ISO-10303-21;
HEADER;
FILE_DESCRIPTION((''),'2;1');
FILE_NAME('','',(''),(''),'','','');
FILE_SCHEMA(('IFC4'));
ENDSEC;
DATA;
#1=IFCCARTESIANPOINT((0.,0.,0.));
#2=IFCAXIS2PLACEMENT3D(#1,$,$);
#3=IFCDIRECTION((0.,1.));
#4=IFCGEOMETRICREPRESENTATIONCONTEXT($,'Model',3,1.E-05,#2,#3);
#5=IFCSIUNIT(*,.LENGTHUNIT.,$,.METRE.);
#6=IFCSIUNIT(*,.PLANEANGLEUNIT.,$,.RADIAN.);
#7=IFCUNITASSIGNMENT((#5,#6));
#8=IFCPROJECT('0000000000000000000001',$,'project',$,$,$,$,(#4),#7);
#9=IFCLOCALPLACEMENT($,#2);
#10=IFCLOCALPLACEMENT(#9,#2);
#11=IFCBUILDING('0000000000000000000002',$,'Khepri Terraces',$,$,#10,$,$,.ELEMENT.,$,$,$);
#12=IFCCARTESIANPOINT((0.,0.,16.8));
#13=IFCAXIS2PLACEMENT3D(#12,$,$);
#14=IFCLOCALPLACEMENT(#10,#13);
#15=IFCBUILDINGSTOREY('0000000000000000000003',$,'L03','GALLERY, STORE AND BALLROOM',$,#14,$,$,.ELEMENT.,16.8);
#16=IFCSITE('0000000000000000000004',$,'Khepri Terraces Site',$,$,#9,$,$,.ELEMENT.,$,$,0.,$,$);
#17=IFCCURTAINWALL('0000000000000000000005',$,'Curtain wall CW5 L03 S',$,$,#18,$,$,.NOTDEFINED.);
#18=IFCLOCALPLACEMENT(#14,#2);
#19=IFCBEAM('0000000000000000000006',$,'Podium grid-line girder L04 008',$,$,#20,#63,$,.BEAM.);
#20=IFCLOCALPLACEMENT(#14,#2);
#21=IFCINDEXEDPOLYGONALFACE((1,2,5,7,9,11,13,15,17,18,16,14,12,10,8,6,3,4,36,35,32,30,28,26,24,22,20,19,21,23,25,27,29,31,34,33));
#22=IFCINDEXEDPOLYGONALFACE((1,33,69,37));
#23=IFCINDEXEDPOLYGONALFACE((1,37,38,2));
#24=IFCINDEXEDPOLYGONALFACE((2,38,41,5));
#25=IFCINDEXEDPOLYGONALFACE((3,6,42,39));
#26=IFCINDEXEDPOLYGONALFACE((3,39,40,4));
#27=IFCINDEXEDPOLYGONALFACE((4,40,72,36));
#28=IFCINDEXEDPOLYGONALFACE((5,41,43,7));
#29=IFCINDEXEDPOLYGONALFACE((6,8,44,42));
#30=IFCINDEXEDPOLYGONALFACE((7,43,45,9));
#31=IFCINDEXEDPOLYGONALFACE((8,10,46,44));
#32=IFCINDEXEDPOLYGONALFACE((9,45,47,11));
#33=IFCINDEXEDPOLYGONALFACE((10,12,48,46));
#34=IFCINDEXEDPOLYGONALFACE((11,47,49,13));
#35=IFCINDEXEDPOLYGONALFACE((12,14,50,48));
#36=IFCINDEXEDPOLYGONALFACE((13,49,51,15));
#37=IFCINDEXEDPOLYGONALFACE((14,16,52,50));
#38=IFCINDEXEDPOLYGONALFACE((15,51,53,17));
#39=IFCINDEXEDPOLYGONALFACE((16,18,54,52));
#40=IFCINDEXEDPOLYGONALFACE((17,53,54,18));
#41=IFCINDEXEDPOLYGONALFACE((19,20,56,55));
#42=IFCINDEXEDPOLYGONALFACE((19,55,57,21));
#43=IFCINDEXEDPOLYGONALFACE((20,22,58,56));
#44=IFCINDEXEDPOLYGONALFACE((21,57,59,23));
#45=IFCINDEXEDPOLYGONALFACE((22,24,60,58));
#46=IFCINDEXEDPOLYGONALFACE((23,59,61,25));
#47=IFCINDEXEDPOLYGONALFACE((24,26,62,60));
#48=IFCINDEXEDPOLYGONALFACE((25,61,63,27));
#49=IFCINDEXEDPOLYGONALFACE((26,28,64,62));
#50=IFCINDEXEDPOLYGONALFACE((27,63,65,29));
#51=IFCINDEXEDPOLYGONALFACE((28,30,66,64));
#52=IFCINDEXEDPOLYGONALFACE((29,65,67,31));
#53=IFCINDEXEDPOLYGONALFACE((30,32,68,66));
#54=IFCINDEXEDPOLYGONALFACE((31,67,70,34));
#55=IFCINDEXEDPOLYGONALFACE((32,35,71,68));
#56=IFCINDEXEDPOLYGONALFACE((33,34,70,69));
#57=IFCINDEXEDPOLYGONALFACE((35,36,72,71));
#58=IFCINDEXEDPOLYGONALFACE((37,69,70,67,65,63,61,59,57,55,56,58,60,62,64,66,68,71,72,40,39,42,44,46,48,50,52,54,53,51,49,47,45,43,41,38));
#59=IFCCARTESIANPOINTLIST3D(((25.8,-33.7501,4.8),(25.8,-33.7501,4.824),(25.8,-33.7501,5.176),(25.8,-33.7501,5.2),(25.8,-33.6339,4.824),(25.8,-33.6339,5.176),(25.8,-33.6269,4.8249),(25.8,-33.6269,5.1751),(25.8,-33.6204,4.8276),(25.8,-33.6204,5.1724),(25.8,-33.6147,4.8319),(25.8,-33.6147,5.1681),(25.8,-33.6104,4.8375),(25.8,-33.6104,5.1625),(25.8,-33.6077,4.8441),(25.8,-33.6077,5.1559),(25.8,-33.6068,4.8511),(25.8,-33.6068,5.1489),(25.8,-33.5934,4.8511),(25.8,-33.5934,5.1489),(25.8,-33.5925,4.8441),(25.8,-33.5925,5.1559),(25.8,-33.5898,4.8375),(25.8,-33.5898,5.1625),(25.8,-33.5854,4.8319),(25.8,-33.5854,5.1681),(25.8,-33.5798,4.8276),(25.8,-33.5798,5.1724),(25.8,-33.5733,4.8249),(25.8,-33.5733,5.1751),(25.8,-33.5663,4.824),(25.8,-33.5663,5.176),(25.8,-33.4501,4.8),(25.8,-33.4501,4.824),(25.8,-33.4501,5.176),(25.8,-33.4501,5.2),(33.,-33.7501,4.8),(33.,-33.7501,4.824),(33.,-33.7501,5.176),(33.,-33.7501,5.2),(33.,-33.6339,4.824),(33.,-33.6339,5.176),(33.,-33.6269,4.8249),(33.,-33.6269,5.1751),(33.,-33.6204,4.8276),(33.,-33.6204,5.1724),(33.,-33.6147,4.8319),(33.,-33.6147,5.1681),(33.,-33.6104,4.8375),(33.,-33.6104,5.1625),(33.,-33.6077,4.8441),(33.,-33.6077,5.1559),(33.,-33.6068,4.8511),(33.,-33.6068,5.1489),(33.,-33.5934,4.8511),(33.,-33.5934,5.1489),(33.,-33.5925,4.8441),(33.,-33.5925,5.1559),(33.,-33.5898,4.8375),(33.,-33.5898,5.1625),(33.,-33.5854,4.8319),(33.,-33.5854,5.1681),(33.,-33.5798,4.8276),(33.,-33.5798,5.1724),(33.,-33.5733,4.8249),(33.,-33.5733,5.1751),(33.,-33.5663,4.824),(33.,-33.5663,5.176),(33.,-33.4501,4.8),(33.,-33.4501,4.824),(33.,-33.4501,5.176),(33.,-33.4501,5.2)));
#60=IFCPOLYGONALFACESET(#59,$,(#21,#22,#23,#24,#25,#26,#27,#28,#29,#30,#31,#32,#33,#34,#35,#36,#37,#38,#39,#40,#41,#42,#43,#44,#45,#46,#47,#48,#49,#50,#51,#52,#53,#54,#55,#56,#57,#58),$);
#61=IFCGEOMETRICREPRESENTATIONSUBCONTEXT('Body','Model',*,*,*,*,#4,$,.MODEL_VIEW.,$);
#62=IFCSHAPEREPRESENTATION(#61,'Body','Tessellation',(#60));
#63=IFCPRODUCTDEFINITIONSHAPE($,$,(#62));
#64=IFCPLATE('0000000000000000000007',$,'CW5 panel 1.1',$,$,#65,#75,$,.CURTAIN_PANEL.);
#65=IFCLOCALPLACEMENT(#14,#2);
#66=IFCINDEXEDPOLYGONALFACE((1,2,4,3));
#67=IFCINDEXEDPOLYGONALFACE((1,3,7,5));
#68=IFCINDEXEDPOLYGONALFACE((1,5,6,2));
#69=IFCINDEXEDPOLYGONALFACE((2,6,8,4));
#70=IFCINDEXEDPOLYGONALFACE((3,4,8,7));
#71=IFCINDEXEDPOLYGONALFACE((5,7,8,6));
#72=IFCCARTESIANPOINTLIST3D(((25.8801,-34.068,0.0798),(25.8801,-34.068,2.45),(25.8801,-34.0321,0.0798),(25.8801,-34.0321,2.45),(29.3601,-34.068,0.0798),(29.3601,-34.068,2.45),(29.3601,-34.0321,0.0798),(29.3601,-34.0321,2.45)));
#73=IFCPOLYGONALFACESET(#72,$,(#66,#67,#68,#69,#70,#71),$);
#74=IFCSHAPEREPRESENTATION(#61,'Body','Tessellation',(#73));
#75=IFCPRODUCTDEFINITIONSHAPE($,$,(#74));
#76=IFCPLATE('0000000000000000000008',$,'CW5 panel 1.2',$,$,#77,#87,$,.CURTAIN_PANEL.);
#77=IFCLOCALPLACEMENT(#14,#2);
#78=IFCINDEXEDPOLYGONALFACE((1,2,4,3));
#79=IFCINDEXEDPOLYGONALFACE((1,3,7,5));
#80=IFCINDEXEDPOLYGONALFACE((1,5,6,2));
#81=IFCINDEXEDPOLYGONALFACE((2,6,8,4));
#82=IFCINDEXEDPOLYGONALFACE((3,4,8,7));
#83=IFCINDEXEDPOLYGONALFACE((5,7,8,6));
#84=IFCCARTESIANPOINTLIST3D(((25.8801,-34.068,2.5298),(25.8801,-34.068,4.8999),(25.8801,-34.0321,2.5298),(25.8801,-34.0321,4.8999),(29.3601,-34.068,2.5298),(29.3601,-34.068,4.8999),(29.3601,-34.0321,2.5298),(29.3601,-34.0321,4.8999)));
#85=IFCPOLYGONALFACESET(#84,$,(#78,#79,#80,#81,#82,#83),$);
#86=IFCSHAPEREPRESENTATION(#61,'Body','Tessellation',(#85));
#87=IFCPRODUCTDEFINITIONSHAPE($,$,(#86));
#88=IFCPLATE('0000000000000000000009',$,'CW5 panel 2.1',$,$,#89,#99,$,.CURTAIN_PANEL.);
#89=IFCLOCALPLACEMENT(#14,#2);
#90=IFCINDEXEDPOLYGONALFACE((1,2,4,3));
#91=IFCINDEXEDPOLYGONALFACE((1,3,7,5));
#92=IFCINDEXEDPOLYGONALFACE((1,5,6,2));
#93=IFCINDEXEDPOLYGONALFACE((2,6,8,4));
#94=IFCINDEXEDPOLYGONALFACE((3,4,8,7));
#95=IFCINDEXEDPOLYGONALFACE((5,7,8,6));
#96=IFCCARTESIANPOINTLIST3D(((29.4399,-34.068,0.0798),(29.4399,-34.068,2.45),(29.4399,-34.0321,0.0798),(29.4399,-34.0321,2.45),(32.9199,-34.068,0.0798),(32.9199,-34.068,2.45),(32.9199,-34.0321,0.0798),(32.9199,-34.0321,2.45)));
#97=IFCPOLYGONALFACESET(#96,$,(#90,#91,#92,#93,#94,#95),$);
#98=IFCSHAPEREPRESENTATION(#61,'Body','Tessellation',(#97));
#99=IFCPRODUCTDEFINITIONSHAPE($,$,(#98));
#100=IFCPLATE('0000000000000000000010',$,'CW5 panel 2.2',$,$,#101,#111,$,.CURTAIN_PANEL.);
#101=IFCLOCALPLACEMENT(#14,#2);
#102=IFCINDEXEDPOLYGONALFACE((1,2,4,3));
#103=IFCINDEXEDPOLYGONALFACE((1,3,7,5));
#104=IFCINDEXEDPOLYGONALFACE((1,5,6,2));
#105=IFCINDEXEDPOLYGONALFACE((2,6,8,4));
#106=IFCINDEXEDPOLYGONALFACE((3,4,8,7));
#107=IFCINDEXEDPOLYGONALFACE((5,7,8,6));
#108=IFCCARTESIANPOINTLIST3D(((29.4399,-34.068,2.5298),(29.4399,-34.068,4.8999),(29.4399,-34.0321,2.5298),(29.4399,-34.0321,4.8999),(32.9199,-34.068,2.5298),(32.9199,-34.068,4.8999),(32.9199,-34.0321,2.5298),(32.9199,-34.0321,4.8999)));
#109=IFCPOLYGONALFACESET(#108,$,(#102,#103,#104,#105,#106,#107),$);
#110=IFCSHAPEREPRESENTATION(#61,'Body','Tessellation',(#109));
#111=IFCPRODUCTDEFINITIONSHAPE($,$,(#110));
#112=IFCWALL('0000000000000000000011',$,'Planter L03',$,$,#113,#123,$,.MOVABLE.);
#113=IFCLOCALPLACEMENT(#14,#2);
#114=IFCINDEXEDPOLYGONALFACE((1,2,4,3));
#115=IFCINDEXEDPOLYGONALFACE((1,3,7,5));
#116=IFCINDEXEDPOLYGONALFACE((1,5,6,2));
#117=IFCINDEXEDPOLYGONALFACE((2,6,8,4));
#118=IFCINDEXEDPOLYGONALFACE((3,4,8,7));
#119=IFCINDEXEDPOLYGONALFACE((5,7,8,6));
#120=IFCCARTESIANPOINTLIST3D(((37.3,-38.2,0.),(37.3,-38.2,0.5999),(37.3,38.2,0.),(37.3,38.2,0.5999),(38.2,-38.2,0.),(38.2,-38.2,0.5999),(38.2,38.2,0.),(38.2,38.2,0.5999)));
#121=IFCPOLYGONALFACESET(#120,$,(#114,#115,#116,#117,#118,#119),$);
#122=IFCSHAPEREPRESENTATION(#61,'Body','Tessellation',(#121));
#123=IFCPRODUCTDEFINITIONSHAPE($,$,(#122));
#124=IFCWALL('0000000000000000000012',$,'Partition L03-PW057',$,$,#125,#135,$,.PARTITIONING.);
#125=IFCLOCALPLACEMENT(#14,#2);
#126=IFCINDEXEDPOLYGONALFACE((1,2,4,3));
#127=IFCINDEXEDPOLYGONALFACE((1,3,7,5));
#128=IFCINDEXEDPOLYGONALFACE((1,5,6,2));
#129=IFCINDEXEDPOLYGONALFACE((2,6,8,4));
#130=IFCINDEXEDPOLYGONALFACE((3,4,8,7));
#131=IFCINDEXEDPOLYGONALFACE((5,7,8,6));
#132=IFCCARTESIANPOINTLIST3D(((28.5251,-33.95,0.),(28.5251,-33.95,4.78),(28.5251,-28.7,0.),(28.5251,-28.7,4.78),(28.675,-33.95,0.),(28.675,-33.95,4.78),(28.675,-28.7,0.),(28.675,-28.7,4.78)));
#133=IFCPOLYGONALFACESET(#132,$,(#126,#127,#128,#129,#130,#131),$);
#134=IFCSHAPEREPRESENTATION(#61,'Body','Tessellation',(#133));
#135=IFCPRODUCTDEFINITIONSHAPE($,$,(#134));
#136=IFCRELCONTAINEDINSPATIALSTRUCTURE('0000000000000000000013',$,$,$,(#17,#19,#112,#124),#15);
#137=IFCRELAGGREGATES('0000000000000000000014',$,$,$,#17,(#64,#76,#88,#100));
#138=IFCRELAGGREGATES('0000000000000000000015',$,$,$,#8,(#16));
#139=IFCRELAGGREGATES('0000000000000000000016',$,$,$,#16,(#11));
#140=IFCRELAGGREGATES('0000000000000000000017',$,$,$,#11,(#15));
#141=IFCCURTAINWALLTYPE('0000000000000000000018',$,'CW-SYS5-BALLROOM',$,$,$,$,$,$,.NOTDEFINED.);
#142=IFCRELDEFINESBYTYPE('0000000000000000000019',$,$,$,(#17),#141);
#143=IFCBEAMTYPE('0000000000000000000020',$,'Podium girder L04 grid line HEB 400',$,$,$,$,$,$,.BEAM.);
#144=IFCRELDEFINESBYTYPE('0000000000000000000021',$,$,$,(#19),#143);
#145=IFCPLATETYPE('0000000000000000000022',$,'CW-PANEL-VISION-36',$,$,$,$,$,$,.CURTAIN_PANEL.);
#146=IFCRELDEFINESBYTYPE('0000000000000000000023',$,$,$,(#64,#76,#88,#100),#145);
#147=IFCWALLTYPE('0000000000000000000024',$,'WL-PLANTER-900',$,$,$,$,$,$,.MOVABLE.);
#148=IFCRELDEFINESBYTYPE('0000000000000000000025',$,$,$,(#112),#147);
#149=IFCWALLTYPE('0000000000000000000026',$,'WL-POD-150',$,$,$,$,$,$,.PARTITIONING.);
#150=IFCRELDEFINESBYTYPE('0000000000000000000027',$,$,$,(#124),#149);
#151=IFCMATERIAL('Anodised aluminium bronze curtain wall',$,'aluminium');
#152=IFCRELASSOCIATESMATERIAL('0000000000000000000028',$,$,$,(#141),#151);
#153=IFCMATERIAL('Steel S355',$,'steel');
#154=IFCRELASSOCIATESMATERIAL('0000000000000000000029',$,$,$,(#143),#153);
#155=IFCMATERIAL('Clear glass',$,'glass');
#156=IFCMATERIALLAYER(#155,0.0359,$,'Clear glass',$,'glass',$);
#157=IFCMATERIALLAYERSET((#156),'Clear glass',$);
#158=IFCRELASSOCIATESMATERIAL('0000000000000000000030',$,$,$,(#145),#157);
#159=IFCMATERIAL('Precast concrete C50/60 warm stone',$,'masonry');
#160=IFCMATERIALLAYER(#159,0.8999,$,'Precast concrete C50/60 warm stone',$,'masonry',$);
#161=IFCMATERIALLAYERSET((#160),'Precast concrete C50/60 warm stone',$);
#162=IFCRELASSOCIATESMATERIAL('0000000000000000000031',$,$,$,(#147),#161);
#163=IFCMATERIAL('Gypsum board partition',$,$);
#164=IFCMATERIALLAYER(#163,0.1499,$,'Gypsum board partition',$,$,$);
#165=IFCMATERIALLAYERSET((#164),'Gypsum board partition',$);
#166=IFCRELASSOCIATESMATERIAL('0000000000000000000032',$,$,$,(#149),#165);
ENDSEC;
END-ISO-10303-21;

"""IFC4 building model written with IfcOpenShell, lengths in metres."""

from ifc_helpers import new_model, si_unit, direction, frame, frame_2d, origin, origin_2d, place, context, subcontext, project, spatial, rectangle, i_section, extrude, material, layer, layer_set, material_profile, profile_set, type_object, element, aggregate, save


model = new_model("IFC4")

# Units and contexts
model_context = context("Model", 3, precision=1e-05, world=origin(), true_north=direction((0.0, 1.0)))
body_context = subcontext(model_context, "Body", "Model", "MODEL_VIEW")
ifc_project = project(units=[si_unit("LENGTHUNIT", "METRE"), si_unit("PLANEANGLEUNIT", "RADIAN")], contexts=[model_context])

# Site, building, storey
site_placement = place(None, origin())
site = spatial("IfcSite", under=ifc_project, at=site_placement, Name="Khepri Terraces Site", CompositionType="ELEMENT", RefElevation=0.0)
building_placement = place(site_placement, origin())
building = spatial("IfcBuilding", under=site, at=building_placement, Name="Khepri Terraces", CompositionType="ELEMENT")
storey_placement = place(building_placement, frame((0.0, 0.0, 16.8)))
storey = spatial("IfcBuildingStorey", under=building, at=storey_placement, Name="L03", Description="GALLERY, STORE AND BALLROOM", CompositionType="ELEMENT", Elevation=16.8)

# Curtain wall
ifc_material_1 = material(Name="Anodised aluminium bronze curtain wall", Category="aluminium")
curtain_wall_type = type_object("IfcCurtainWallType", Name="CW-SYS5-BALLROOM", PredefinedType="NOTDEFINED", material=ifc_material_1)
curtain_wall_placement = place(storey_placement, origin())
curtain_wall = element("IfcCurtainWall", 1, at=curtain_wall_placement, inside=storey, type_object=curtain_wall_type, Name="Curtain wall CW5 L03 S", PredefinedType="NOTDEFINED")

# Beam
ifc_material_2 = material(Name="Steel S355", Category="steel")
ifc_material_profile_1 = material_profile(ifc_material_2, i_section(OverallWidth=0.3, OverallDepth=0.3999, WebThickness=0.0134, FlangeThickness=0.0239, FilletRadius=0.0271, at=origin_2d()), Name="Steel S355", Category="steel")
ifc_profile_set_1 = profile_set([ifc_material_profile_1], Name="Steel S355")
beam_type_1 = type_object("IfcBeamType", Name="Podium girder L04 grid line HEB 400", PredefinedType="BEAM", material=ifc_profile_set_1)
beam_1_placement = place(storey_placement, frame((25.8, -33.6001, 5.0), z_axis=(1.0, 0.0, 0.0), x_axis=(0.0, 1.0, 0.0)))
element("IfcBeam", 2, at=beam_1_placement, inside=storey, type_object=beam_type_1, Name="Podium grid-line girder L04 008", PredefinedType="BEAM", context=body_context, shape_type="SweptSolid", body=[
    extrude(i_section(OverallWidth=0.3, OverallDepth=0.3999, WebThickness=0.0134, FlangeThickness=0.0239, FilletRadius=0.0271, at=origin_2d()), origin(), (0.0, 0.0, 1.0), 7.2),
])

# Plates
ifc_material_3 = material(Name="Clear glass", Category="glass")
ifc_layer_1 = layer(ifc_material_3, 0.0359, Name="Clear glass", Category="glass")
ifc_layer_set_1 = layer_set([ifc_layer_1], Name="Clear glass")
plate_type = type_object("IfcPlateType", Name="CW-PANEL-VISION-36", PredefinedType="CURTAIN_PANEL", material=ifc_layer_set_1)
plate_1_placement = place(storey_placement, frame((27.6201, -34.05, 0.0798), z_axis=(0.0, 0.0, 1.0), x_axis=(1.0, 0.0, 0.0)))
plate_1 = element("IfcPlate", 3, at=plate_1_placement, type_object=plate_type, Name="CW5 panel 1.1", PredefinedType="CURTAIN_PANEL", context=body_context, shape_type="SweptSolid", body=[
    extrude(rectangle(XDim=3.48, YDim=0.0359, at=origin_2d()), origin(), (0.0, 0.0, 1.0), 2.3701),
])
plate_2_placement = place(storey_placement, frame((27.6201, -34.05, 2.5298), z_axis=(0.0, 0.0, 1.0), x_axis=(1.0, 0.0, 0.0)))
plate_2 = element("IfcPlate", 4, at=plate_2_placement, type_object=plate_type, Name="CW5 panel 1.2", PredefinedType="CURTAIN_PANEL", context=body_context, shape_type="SweptSolid", body=[
    extrude(rectangle(XDim=3.48, YDim=0.0359, at=origin_2d()), origin(), (0.0, 0.0, 1.0), 2.3701),
])
plate_3_placement = place(storey_placement, frame((31.1799, -34.05, 0.0798), z_axis=(0.0, 0.0, 1.0), x_axis=(1.0, 0.0, 0.0)))
plate_3 = element("IfcPlate", 5, at=plate_3_placement, type_object=plate_type, Name="CW5 panel 2.1", PredefinedType="CURTAIN_PANEL", context=body_context, shape_type="SweptSolid", body=[
    extrude(rectangle(XDim=3.48, YDim=0.0359, at=origin_2d()), origin(), (0.0, 0.0, 1.0), 2.3701),
])
plate_4_placement = place(storey_placement, frame((31.1799, -34.05, 2.5298), z_axis=(0.0, 0.0, 1.0), x_axis=(1.0, 0.0, 0.0)))
plate_4 = element("IfcPlate", 6, at=plate_4_placement, type_object=plate_type, Name="CW5 panel 2.2", PredefinedType="CURTAIN_PANEL", context=body_context, shape_type="SweptSolid", body=[
    extrude(rectangle(XDim=3.48, YDim=0.0359, at=origin_2d()), origin(), (0.0, 0.0, 1.0), 2.3701),
])
aggregate(curtain_wall, [plate_1, plate_2, plate_3, plate_4])

# Walls
ifc_material_4 = material(Name="Precast concrete C50/60 warm stone", Category="masonry")
ifc_layer_2 = layer(ifc_material_4, 0.8999, Name="Precast concrete C50/60 warm stone", Category="masonry")
ifc_layer_set_2 = layer_set([ifc_layer_2], Name="Precast concrete C50/60 warm stone")
wall_type_1 = type_object("IfcWallType", Name="WL-PLANTER-900", PredefinedType="MOVABLE", material=ifc_layer_set_2)
wall_1_placement = place(storey_placement, frame((37.75, -38.2, 0.0), z_axis=(0.0, 0.0, 1.0), x_axis=(0.0, 1.0, 0.0)))
element("IfcWall", 7, at=wall_1_placement, inside=storey, type_object=wall_type_1, Name="Planter L03", PredefinedType="MOVABLE", context=body_context, shape_type="SweptSolid", body=[
    extrude(rectangle(XDim=76.3999, YDim=0.8999, at=frame_2d((38.2, 0.0))), origin(), (0.0, 0.0, 1.0), 0.5999),
])
ifc_material_5 = material(Name="Gypsum board partition")
ifc_layer_3 = layer(ifc_material_5, 0.1499, Name="Gypsum board partition")
ifc_layer_set_3 = layer_set([ifc_layer_3], Name="Gypsum board partition")
wall_type_2 = type_object("IfcWallType", Name="WL-POD-150", PredefinedType="PARTITIONING", material=ifc_layer_set_3)
wall_2_placement = place(storey_placement, frame((28.6001, -33.95, 0.0), z_axis=(0.0, 0.0, 1.0), x_axis=(0.0, 1.0, 0.0)))
element("IfcWall", 8, at=wall_2_placement, inside=storey, type_object=wall_type_2, Name="Partition L03-PW057", PredefinedType="PARTITIONING", context=body_context, shape_type="SweptSolid", body=[
    extrude(rectangle(XDim=5.25, YDim=0.1499, at=frame_2d((2.625, 0.0))), origin(), (0.0, 0.0, 1.0), 4.78),
])

save(model, "model.ifc")
